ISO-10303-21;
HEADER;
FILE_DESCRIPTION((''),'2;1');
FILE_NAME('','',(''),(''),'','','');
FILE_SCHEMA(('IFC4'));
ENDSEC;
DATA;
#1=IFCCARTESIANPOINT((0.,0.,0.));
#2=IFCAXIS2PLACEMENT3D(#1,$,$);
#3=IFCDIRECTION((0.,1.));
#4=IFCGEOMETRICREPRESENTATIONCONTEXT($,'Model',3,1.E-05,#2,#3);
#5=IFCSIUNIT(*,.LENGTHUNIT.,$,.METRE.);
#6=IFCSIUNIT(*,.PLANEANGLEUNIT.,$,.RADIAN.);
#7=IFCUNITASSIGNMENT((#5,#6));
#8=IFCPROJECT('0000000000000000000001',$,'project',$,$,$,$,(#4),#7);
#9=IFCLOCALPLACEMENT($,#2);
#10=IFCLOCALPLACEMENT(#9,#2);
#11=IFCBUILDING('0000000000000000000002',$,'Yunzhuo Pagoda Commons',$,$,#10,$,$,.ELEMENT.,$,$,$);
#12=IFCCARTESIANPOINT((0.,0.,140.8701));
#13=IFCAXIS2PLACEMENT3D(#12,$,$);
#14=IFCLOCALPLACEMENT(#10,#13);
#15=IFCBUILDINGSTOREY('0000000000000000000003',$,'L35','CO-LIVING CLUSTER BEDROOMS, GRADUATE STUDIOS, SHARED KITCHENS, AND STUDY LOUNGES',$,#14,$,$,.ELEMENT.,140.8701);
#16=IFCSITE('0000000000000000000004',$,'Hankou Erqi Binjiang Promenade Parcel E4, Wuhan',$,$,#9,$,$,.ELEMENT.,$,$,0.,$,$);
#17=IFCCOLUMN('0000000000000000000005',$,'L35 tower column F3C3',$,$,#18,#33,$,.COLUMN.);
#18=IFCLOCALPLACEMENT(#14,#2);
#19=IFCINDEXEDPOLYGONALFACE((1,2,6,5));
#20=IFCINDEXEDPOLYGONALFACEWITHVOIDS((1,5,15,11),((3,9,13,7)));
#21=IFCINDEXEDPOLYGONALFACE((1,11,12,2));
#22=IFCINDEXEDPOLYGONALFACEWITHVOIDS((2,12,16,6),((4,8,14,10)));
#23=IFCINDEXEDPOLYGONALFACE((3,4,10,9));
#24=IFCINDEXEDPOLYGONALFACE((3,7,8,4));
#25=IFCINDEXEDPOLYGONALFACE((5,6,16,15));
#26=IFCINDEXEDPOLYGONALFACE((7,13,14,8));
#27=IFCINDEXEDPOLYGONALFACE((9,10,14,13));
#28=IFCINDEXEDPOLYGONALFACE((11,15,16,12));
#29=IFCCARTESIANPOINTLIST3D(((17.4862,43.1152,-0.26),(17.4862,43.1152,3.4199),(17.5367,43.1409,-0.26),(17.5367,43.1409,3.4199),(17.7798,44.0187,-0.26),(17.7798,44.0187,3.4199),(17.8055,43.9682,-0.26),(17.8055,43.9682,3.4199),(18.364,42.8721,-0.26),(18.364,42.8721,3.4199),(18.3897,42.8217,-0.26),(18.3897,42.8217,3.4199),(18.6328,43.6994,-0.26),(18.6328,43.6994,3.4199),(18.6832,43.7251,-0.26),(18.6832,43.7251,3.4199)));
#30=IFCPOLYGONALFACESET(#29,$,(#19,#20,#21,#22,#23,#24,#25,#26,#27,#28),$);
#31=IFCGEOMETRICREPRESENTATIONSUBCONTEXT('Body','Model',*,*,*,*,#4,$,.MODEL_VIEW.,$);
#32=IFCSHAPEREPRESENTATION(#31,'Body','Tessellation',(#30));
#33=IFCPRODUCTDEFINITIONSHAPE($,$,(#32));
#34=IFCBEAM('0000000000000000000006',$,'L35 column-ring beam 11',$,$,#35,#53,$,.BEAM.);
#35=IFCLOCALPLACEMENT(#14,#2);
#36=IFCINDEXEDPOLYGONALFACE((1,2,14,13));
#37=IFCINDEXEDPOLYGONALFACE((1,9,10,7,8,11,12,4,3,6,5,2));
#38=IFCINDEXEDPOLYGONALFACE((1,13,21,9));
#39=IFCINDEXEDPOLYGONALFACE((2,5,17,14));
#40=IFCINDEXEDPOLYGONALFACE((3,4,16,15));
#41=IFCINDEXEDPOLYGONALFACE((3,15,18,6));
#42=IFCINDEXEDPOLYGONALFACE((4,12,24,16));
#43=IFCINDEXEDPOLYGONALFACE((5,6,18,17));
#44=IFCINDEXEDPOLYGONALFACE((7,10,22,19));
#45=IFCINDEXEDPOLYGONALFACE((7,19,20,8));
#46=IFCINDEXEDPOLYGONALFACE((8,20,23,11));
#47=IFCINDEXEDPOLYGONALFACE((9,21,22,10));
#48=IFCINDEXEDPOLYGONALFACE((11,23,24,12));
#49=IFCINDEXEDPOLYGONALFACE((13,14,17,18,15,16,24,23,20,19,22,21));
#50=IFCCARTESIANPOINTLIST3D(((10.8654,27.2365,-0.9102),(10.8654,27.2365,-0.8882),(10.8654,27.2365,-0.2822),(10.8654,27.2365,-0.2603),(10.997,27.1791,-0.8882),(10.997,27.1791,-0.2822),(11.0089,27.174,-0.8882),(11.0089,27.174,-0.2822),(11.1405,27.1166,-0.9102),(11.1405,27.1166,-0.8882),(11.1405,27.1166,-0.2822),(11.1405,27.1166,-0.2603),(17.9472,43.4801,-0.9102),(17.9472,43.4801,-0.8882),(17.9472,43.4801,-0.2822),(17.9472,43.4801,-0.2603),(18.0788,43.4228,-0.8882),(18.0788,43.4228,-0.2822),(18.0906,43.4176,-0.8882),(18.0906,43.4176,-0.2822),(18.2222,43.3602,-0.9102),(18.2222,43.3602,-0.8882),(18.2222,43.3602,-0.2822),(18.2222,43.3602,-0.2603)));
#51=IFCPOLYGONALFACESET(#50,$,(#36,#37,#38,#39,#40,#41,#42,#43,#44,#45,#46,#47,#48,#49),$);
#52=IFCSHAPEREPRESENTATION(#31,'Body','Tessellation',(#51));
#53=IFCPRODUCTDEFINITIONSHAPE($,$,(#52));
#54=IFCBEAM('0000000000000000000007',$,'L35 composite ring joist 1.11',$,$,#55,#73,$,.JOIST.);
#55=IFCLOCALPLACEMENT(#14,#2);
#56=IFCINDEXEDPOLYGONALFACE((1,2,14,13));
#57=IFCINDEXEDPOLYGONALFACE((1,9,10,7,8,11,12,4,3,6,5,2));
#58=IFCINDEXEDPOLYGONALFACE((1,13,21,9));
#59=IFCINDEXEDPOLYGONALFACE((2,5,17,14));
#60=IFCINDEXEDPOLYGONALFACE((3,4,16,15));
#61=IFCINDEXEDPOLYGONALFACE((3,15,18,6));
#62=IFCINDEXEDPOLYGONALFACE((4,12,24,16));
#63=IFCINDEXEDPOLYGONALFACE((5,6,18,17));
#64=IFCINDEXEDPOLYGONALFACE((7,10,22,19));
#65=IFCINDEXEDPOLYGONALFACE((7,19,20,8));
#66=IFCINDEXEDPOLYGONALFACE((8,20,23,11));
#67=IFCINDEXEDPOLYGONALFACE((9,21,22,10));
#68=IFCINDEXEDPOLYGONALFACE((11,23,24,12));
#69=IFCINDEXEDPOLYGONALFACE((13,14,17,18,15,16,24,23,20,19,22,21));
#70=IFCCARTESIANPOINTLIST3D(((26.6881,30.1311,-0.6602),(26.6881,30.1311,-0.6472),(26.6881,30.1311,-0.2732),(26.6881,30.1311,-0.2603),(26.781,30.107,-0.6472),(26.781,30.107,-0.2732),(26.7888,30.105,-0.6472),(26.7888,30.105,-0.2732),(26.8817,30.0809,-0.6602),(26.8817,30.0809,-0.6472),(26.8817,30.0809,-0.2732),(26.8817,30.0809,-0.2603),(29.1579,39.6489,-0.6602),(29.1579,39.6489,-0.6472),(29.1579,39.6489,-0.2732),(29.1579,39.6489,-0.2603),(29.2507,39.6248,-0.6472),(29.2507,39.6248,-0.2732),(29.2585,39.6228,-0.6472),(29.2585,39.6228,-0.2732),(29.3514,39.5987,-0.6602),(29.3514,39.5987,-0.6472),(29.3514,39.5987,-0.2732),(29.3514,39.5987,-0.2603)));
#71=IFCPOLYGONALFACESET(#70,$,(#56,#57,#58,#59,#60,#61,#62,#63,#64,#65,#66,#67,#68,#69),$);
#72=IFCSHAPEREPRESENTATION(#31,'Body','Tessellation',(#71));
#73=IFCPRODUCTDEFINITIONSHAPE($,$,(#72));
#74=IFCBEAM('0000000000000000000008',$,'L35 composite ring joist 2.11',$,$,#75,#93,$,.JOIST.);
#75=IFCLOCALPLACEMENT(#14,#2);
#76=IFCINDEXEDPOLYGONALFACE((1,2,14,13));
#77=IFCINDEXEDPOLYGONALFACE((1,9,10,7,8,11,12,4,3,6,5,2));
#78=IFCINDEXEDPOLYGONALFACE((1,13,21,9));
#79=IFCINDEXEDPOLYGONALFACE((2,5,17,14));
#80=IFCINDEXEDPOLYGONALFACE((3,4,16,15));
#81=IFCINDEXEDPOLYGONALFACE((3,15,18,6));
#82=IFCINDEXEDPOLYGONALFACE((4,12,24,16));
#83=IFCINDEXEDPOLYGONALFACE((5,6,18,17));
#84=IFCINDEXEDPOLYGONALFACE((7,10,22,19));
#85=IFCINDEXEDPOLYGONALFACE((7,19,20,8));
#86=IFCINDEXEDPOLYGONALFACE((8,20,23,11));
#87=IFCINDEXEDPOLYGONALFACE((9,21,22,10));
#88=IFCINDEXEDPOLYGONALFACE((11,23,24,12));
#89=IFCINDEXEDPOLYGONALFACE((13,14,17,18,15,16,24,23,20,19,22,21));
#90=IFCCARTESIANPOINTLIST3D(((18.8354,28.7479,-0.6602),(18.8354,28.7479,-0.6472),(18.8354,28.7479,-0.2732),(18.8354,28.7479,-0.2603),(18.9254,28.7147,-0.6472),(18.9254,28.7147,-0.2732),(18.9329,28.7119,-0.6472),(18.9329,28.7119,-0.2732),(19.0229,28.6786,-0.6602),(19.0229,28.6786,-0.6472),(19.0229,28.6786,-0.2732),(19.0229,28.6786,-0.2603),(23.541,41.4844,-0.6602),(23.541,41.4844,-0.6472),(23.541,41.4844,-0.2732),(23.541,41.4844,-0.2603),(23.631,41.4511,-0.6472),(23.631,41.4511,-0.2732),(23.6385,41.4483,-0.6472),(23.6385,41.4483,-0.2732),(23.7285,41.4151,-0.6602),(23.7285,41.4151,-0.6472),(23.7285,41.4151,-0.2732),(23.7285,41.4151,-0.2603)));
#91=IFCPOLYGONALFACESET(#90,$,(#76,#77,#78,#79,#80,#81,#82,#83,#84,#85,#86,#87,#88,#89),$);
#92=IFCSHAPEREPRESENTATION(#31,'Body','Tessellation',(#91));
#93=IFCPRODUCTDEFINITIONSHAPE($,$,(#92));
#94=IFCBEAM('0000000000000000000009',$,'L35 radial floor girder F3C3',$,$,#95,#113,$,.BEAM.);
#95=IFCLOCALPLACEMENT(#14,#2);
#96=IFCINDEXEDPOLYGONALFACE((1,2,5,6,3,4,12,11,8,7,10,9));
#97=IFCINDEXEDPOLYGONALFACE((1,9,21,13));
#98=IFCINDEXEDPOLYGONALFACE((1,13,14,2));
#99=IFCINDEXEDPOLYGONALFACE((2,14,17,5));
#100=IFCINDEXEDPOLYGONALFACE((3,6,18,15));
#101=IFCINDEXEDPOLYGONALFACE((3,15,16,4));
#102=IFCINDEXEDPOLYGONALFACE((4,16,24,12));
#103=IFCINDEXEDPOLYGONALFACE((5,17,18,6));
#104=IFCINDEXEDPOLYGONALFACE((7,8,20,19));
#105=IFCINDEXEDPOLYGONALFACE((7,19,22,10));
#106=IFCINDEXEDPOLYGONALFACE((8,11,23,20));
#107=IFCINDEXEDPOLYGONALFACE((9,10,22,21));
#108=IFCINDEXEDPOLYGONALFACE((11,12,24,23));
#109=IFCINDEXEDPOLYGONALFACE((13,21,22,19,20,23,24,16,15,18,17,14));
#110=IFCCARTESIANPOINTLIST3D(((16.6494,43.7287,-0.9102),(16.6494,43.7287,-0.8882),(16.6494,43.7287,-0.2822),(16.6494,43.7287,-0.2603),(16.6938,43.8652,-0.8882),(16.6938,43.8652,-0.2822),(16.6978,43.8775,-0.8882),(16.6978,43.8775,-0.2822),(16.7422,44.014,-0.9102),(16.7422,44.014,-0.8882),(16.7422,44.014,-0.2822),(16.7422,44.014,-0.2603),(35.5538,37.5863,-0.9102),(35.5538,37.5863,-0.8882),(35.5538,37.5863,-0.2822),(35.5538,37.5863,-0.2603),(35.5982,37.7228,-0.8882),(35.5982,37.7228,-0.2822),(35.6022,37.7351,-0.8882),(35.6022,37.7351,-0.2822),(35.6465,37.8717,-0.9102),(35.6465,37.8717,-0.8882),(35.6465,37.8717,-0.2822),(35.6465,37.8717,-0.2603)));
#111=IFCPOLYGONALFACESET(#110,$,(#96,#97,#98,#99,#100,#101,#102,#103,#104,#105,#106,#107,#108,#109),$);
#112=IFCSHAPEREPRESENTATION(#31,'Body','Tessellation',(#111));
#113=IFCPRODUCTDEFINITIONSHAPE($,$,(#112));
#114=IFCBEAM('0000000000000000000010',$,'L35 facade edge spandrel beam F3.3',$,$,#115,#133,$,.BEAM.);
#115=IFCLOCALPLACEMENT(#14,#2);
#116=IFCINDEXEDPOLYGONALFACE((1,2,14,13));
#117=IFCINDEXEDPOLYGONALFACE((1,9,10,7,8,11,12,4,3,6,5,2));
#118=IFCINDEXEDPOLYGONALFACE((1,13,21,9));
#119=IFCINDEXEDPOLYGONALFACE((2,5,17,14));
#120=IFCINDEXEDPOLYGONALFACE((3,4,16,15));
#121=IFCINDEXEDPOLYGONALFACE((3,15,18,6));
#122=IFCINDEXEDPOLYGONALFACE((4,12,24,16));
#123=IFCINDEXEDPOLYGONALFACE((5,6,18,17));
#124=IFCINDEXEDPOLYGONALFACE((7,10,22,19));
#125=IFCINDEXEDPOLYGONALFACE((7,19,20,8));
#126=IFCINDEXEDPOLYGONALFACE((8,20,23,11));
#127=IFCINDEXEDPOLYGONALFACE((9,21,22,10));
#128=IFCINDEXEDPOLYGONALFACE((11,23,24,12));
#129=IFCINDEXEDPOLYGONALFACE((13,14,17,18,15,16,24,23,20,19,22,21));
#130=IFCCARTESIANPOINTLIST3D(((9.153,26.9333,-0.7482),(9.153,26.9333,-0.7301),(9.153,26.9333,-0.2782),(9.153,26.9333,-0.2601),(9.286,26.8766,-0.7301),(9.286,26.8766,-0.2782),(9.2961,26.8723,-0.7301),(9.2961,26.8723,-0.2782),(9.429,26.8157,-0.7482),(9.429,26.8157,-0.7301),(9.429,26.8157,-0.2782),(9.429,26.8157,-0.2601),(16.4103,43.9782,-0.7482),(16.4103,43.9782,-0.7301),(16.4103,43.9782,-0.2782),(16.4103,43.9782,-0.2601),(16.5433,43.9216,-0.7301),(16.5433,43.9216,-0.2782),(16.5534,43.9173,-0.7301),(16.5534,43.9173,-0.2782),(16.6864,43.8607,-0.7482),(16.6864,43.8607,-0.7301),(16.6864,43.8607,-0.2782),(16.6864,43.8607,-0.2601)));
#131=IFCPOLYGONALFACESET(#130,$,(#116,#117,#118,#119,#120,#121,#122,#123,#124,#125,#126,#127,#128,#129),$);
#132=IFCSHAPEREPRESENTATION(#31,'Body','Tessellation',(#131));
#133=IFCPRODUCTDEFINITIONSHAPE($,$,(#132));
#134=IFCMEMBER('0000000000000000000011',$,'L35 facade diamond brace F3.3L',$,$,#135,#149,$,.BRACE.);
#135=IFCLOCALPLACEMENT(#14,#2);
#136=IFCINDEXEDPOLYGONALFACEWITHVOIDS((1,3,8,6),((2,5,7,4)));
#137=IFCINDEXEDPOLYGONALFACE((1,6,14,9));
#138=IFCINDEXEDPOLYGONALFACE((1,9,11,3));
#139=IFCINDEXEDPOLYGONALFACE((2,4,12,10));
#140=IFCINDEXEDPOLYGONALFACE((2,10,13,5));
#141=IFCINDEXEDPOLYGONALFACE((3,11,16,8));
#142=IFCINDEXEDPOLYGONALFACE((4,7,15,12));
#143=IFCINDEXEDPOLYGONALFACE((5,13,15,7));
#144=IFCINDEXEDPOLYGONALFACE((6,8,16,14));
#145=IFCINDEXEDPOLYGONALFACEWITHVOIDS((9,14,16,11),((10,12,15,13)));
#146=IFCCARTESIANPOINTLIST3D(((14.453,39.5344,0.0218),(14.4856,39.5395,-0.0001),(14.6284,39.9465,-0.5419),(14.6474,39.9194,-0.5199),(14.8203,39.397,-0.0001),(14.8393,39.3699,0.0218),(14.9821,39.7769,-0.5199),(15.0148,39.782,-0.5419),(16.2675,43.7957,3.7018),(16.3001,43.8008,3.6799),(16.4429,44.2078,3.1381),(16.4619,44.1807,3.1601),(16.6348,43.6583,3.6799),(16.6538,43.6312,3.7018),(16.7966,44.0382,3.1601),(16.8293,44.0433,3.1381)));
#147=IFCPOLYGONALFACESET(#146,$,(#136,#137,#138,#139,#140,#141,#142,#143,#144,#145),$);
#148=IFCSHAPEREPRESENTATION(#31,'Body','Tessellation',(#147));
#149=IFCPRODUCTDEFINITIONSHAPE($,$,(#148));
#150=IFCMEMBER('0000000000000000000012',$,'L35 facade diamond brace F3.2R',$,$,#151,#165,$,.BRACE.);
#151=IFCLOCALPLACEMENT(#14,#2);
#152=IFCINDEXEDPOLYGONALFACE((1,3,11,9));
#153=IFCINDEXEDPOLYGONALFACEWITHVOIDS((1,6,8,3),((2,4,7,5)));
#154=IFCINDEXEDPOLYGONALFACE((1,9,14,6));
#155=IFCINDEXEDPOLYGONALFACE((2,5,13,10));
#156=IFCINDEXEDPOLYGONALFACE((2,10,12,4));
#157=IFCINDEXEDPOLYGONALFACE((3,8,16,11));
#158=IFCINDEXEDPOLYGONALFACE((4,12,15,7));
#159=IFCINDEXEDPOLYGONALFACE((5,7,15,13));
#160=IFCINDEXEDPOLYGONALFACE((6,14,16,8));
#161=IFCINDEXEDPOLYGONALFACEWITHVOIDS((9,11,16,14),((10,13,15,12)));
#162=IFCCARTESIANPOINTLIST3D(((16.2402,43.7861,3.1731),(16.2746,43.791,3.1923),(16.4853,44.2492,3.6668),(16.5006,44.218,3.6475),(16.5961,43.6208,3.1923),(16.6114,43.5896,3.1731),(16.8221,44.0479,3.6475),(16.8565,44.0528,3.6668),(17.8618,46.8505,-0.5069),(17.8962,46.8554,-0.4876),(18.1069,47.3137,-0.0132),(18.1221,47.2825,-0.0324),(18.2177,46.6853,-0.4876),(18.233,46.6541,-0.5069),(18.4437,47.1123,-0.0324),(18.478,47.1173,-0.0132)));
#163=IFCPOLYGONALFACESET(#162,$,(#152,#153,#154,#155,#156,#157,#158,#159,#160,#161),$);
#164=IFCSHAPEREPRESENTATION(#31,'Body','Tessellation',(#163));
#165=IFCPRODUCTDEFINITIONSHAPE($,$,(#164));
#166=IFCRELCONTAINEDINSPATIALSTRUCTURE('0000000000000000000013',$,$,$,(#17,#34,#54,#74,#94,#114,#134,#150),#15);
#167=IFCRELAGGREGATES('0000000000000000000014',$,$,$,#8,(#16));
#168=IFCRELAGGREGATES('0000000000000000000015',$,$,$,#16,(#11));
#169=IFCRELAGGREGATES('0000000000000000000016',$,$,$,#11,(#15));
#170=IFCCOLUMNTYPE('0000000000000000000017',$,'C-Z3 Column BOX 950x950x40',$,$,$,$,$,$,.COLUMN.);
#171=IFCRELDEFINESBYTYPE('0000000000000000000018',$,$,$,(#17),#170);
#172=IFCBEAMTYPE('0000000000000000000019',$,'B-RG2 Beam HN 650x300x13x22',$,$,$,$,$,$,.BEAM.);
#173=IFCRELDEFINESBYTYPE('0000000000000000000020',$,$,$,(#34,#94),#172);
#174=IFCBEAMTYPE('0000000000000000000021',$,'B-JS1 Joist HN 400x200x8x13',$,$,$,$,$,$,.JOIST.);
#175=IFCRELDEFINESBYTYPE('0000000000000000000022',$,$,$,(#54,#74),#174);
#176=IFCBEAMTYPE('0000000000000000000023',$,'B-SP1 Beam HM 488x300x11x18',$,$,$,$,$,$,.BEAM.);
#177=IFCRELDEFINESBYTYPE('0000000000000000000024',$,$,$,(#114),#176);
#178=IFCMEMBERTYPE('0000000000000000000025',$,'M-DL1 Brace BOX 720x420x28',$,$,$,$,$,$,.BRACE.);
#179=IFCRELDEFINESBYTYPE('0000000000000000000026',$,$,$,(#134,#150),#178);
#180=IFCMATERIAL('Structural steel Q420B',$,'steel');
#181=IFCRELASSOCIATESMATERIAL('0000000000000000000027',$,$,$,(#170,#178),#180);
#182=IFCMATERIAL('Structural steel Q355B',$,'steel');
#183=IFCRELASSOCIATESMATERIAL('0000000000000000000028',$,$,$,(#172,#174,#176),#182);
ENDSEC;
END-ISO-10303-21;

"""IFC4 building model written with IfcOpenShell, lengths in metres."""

from ifc_helpers import new_model, si_unit, direction, frame, origin, origin_2d, place, context, subcontext, project, spatial, hollow_rectangle, i_section, extrude, source, transform, mapped, material, material_profile, profile_set, type_object, element, save


model = new_model("IFC4")

# Units and contexts
model_context = context("Model", 3, precision=1e-05, world=origin(), true_north=direction((0.0, 1.0)))
body_context = subcontext(model_context, "Body", "Model", "MODEL_VIEW")
ifc_project = project(units=[si_unit("LENGTHUNIT", "METRE"), si_unit("PLANEANGLEUNIT", "RADIAN")], contexts=[model_context])

# Site, building, storey
site_placement = place(None, origin())
site = spatial("IfcSite", under=ifc_project, at=site_placement, Name="Hankou Erqi Binjiang Promenade Parcel E4, Wuhan", CompositionType="ELEMENT", RefElevation=0.0)
building_placement = place(site_placement, origin())
building = spatial("IfcBuilding", under=site, at=building_placement, Name="Yunzhuo Pagoda Commons", CompositionType="ELEMENT")
storey_placement = place(building_placement, frame((0.0, 0.0, 140.8701)))
storey = spatial("IfcBuildingStorey", under=building, at=storey_placement, Name="L35", Description="CO-LIVING CLUSTER BEDROOMS, GRADUATE STUDIOS, SHARED KITCHENS, AND STUDY LOUNGES", CompositionType="ELEMENT", Elevation=140.8701)

# Column
ifc_material_1 = material(Name="Structural steel Q420B", Category="steel")
ifc_material_profile_1 = material_profile(ifc_material_1, hollow_rectangle(XDim=0.95, YDim=0.95, WallThickness=0.04, at=origin_2d()), Name="Structural steel Q420B")
ifc_profile_set_1 = profile_set([ifc_material_profile_1], Name="Structural steel Q420B")
column_type = type_object("IfcColumnType", Name="C-Z3 Column BOX 950x950x40", PredefinedType="COLUMN", material=ifc_profile_set_1)
shared_shape_1 = source(origin(), body_context, "Body", "SweptSolid", [
    extrude(hollow_rectangle(XDim=0.95, YDim=0.95, WallThickness=0.04, at=origin_2d()), origin(), (0.0, 0.0, 1.0), 3.6799),
])
column_placement = place(storey_placement, frame((18.0847, 43.4202, -0.26), z_axis=(0.0, 0.0, 1.0), x_axis=(-0.309017, -0.951057, 0.0)))
element("IfcColumn", 1, at=column_placement, inside=storey, type_object=column_type, Name="L35 tower column F3C3", PredefinedType="COLUMN", context=body_context, shape_type="MappedRepresentation", body=[
    mapped(shared_shape_1, transform((0.0, 0.0, 0.0), scale=1.0)),
])

# Beams
ifc_material_2 = material(Name="Structural steel Q355B", Category="steel")
ifc_material_profile_2 = material_profile(ifc_material_2, i_section(OverallWidth=0.3, OverallDepth=0.6499, WebThickness=0.0129, FlangeThickness=0.022, at=origin_2d()), Name="Structural steel Q355B")
ifc_profile_set_2 = profile_set([ifc_material_profile_2], Name="Structural steel Q355B")
beam_type_1 = type_object("IfcBeamType", Name="B-RG2 Beam HN 650x300x13x22", PredefinedType="BEAM", material=ifc_profile_set_2)
shared_shape_2 = source(origin(), body_context, "Body", "SweptSolid", [
    extrude(i_section(OverallWidth=0.3, OverallDepth=0.6499, WebThickness=0.0129, FlangeThickness=0.022, at=origin_2d()), origin(), (0.0, 0.0, 1.0), 17.7202),
])
beam_1_placement = place(storey_placement, frame((18.0847, 43.4202, -0.5852), z_axis=(-0.399643, -0.916671, 0.0), x_axis=(0.916671, -0.399643, 0.0)))
element("IfcBeam", 2, at=beam_1_placement, inside=storey, type_object=beam_type_1, Name="L35 column-ring beam 11", PredefinedType="BEAM", context=body_context, shape_type="MappedRepresentation", body=[
    mapped(shared_shape_2, transform((0.0, 0.0, 0.0), scale=1.0)),
])
ifc_material_profile_3 = material_profile(ifc_material_2, i_section(OverallWidth=0.2, OverallDepth=0.3999, WebThickness=0.0081, FlangeThickness=0.0129, at=origin_2d()), Name="Structural steel Q355B")
ifc_profile_set_3 = profile_set([ifc_material_profile_3], Name="Structural steel Q355B")
beam_type_2 = type_object("IfcBeamType", Name="B-JS1 Joist HN 400x200x8x13", PredefinedType="JOIST", material=ifc_profile_set_3)
shared_shape_3 = source(origin(), body_context, "Body", "SweptSolid", [
    extrude(i_section(OverallWidth=0.2, OverallDepth=0.3999, WebThickness=0.0081, FlangeThickness=0.0129, at=origin_2d()), origin(), (0.0, 0.0, 1.0), 9.833),
])
beam_2_placement = place(storey_placement, frame((29.2546, 39.6238, -0.4602), z_axis=(-0.251166, -0.967944, 0.0), x_axis=(0.967944, -0.251166, 0.0)))
element("IfcBeam", 3, at=beam_2_placement, inside=storey, type_object=beam_type_2, Name="L35 composite ring joist 1.11", PredefinedType="JOIST", context=body_context, shape_type="MappedRepresentation", body=[
    mapped(shared_shape_3, transform((0.0, 0.0, 0.0), scale=1.0)),
])
shared_shape_4 = source(origin(), body_context, "Body", "SweptSolid", [
    extrude(i_section(OverallWidth=0.2, OverallDepth=0.3999, WebThickness=0.0081, FlangeThickness=0.0129, at=origin_2d()), origin(), (0.0, 0.0, 1.0), 13.5779),
])
beam_3_placement = place(storey_placement, frame((23.6348, 41.4497, -0.4602), z_axis=(-0.346563, -0.938027, 0.0), x_axis=(0.938027, -0.346563, 0.0)))
element("IfcBeam", 4, at=beam_3_placement, inside=storey, type_object=beam_type_2, Name="L35 composite ring joist 2.11", PredefinedType="JOIST", context=body_context, shape_type="MappedRepresentation", body=[
    mapped(shared_shape_4, transform((0.0, 0.0, 0.0), scale=1.0)),
])
shared_shape_5 = source(origin(), body_context, "Body", "SweptSolid", [
    extrude(i_section(OverallWidth=0.3, OverallDepth=0.6499, WebThickness=0.0129, FlangeThickness=0.022, at=origin_2d()), origin(), (0.0, 0.0, 1.0), 19.8772),
])
beam_4_placement = place(storey_placement, frame((16.6958, 43.8713, -0.5852), z_axis=(0.951057, -0.309015, 0.0), x_axis=(0.309015, 0.951057, 0.0)))
element("IfcBeam", 5, at=beam_4_placement, inside=storey, type_object=beam_type_1, Name="L35 radial floor girder F3C3", PredefinedType="BEAM", context=body_context, shape_type="MappedRepresentation", body=[
    mapped(shared_shape_5, transform((0.0, 0.0, 0.0), scale=1.0)),
])
ifc_material_profile_4 = material_profile(ifc_material_2, i_section(OverallWidth=0.3, OverallDepth=0.488, WebThickness=0.011, FlangeThickness=0.0181, at=origin_2d()), Name="Structural steel Q355B")
ifc_profile_set_4 = profile_set([ifc_material_profile_4], Name="Structural steel Q355B")
beam_type_3 = type_object("IfcBeamType", Name="B-SP1 Beam HM 488x300x11x18", PredefinedType="BEAM", material=ifc_profile_set_4)
shared_shape_6 = source(origin(), body_context, "Body", "SweptSolid", [
    extrude(i_section(OverallWidth=0.3, OverallDepth=0.488, WebThickness=0.011, FlangeThickness=0.0181, at=origin_2d()), origin(), (0.0, 0.0, 1.0), 18.5256),
])
beam_5_placement = place(storey_placement, frame((16.5483, 43.9194, -0.5042), z_axis=(-0.391746, -0.920074, 0.0), x_axis=(0.920074, -0.391746, 0.0)))
element("IfcBeam", 6, at=beam_5_placement, inside=storey, type_object=beam_type_3, Name="L35 facade edge spandrel beam F3.3", PredefinedType="BEAM", context=body_context, shape_type="MappedRepresentation", body=[
    mapped(shared_shape_6, transform((0.0, 0.0, 0.0), scale=1.0)),
])

# Members
ifc_material_profile_5 = material_profile(ifc_material_1, hollow_rectangle(XDim=0.4199, YDim=0.72, WallThickness=0.0281, at=origin_2d()), Name="Structural steel Q420B")
ifc_profile_set_5 = profile_set([ifc_material_profile_5], Name="Structural steel Q420B")
member_type_1 = type_object("IfcMemberType", Name="M-DL1 Brace BOX 720x420x28", PredefinedType="BRACE", material=ifc_profile_set_5)
shared_shape_7 = source(origin(), body_context, "Body", "SweptSolid", [
    extrude(hollow_rectangle(XDim=0.4199, YDim=0.72, WallThickness=0.0281, at=origin_2d()), origin(), (0.0, 0.0, 1.0), 5.9155),
])
member_1_placement = place(storey_placement, frame((14.7339, 39.6582, -0.26), z_axis=(0.306733, 0.720359, 0.622091), x_axis=(-0.920064, 0.391768, 0.0)))
element("IfcMember", 7, at=member_1_placement, inside=storey, type_object=member_type_1, Name="L35 facade diamond brace F3.3L", PredefinedType="BRACE", context=body_context, shape_type="MappedRepresentation", body=[
    mapped(shared_shape_7, transform((0.0, 0.0, 0.0), scale=1.0)),
])
shared_shape_8 = source(origin(), body_context, "Body", "SweptSolid", [
    extrude(hollow_rectangle(XDim=0.4199, YDim=0.72, WallThickness=0.0281, at=origin_2d()), origin(), (0.0, 0.0, 1.0), 5.0559),
])
member_2_placement = place(storey_placement, frame((18.1699, 46.9839, -0.26), z_axis=(-0.32073, -0.606112, 0.727847), x_axis=(0.88388, -0.467713, 0.0)))
element("IfcMember", 8, at=member_2_placement, inside=storey, type_object=member_type_1, Name="L35 facade diamond brace F3.2R", PredefinedType="BRACE", context=body_context, shape_type="MappedRepresentation", body=[
    mapped(shared_shape_8, transform((0.0, 0.0, 0.0), scale=1.0)),
])

save(model, "model.ifc")
